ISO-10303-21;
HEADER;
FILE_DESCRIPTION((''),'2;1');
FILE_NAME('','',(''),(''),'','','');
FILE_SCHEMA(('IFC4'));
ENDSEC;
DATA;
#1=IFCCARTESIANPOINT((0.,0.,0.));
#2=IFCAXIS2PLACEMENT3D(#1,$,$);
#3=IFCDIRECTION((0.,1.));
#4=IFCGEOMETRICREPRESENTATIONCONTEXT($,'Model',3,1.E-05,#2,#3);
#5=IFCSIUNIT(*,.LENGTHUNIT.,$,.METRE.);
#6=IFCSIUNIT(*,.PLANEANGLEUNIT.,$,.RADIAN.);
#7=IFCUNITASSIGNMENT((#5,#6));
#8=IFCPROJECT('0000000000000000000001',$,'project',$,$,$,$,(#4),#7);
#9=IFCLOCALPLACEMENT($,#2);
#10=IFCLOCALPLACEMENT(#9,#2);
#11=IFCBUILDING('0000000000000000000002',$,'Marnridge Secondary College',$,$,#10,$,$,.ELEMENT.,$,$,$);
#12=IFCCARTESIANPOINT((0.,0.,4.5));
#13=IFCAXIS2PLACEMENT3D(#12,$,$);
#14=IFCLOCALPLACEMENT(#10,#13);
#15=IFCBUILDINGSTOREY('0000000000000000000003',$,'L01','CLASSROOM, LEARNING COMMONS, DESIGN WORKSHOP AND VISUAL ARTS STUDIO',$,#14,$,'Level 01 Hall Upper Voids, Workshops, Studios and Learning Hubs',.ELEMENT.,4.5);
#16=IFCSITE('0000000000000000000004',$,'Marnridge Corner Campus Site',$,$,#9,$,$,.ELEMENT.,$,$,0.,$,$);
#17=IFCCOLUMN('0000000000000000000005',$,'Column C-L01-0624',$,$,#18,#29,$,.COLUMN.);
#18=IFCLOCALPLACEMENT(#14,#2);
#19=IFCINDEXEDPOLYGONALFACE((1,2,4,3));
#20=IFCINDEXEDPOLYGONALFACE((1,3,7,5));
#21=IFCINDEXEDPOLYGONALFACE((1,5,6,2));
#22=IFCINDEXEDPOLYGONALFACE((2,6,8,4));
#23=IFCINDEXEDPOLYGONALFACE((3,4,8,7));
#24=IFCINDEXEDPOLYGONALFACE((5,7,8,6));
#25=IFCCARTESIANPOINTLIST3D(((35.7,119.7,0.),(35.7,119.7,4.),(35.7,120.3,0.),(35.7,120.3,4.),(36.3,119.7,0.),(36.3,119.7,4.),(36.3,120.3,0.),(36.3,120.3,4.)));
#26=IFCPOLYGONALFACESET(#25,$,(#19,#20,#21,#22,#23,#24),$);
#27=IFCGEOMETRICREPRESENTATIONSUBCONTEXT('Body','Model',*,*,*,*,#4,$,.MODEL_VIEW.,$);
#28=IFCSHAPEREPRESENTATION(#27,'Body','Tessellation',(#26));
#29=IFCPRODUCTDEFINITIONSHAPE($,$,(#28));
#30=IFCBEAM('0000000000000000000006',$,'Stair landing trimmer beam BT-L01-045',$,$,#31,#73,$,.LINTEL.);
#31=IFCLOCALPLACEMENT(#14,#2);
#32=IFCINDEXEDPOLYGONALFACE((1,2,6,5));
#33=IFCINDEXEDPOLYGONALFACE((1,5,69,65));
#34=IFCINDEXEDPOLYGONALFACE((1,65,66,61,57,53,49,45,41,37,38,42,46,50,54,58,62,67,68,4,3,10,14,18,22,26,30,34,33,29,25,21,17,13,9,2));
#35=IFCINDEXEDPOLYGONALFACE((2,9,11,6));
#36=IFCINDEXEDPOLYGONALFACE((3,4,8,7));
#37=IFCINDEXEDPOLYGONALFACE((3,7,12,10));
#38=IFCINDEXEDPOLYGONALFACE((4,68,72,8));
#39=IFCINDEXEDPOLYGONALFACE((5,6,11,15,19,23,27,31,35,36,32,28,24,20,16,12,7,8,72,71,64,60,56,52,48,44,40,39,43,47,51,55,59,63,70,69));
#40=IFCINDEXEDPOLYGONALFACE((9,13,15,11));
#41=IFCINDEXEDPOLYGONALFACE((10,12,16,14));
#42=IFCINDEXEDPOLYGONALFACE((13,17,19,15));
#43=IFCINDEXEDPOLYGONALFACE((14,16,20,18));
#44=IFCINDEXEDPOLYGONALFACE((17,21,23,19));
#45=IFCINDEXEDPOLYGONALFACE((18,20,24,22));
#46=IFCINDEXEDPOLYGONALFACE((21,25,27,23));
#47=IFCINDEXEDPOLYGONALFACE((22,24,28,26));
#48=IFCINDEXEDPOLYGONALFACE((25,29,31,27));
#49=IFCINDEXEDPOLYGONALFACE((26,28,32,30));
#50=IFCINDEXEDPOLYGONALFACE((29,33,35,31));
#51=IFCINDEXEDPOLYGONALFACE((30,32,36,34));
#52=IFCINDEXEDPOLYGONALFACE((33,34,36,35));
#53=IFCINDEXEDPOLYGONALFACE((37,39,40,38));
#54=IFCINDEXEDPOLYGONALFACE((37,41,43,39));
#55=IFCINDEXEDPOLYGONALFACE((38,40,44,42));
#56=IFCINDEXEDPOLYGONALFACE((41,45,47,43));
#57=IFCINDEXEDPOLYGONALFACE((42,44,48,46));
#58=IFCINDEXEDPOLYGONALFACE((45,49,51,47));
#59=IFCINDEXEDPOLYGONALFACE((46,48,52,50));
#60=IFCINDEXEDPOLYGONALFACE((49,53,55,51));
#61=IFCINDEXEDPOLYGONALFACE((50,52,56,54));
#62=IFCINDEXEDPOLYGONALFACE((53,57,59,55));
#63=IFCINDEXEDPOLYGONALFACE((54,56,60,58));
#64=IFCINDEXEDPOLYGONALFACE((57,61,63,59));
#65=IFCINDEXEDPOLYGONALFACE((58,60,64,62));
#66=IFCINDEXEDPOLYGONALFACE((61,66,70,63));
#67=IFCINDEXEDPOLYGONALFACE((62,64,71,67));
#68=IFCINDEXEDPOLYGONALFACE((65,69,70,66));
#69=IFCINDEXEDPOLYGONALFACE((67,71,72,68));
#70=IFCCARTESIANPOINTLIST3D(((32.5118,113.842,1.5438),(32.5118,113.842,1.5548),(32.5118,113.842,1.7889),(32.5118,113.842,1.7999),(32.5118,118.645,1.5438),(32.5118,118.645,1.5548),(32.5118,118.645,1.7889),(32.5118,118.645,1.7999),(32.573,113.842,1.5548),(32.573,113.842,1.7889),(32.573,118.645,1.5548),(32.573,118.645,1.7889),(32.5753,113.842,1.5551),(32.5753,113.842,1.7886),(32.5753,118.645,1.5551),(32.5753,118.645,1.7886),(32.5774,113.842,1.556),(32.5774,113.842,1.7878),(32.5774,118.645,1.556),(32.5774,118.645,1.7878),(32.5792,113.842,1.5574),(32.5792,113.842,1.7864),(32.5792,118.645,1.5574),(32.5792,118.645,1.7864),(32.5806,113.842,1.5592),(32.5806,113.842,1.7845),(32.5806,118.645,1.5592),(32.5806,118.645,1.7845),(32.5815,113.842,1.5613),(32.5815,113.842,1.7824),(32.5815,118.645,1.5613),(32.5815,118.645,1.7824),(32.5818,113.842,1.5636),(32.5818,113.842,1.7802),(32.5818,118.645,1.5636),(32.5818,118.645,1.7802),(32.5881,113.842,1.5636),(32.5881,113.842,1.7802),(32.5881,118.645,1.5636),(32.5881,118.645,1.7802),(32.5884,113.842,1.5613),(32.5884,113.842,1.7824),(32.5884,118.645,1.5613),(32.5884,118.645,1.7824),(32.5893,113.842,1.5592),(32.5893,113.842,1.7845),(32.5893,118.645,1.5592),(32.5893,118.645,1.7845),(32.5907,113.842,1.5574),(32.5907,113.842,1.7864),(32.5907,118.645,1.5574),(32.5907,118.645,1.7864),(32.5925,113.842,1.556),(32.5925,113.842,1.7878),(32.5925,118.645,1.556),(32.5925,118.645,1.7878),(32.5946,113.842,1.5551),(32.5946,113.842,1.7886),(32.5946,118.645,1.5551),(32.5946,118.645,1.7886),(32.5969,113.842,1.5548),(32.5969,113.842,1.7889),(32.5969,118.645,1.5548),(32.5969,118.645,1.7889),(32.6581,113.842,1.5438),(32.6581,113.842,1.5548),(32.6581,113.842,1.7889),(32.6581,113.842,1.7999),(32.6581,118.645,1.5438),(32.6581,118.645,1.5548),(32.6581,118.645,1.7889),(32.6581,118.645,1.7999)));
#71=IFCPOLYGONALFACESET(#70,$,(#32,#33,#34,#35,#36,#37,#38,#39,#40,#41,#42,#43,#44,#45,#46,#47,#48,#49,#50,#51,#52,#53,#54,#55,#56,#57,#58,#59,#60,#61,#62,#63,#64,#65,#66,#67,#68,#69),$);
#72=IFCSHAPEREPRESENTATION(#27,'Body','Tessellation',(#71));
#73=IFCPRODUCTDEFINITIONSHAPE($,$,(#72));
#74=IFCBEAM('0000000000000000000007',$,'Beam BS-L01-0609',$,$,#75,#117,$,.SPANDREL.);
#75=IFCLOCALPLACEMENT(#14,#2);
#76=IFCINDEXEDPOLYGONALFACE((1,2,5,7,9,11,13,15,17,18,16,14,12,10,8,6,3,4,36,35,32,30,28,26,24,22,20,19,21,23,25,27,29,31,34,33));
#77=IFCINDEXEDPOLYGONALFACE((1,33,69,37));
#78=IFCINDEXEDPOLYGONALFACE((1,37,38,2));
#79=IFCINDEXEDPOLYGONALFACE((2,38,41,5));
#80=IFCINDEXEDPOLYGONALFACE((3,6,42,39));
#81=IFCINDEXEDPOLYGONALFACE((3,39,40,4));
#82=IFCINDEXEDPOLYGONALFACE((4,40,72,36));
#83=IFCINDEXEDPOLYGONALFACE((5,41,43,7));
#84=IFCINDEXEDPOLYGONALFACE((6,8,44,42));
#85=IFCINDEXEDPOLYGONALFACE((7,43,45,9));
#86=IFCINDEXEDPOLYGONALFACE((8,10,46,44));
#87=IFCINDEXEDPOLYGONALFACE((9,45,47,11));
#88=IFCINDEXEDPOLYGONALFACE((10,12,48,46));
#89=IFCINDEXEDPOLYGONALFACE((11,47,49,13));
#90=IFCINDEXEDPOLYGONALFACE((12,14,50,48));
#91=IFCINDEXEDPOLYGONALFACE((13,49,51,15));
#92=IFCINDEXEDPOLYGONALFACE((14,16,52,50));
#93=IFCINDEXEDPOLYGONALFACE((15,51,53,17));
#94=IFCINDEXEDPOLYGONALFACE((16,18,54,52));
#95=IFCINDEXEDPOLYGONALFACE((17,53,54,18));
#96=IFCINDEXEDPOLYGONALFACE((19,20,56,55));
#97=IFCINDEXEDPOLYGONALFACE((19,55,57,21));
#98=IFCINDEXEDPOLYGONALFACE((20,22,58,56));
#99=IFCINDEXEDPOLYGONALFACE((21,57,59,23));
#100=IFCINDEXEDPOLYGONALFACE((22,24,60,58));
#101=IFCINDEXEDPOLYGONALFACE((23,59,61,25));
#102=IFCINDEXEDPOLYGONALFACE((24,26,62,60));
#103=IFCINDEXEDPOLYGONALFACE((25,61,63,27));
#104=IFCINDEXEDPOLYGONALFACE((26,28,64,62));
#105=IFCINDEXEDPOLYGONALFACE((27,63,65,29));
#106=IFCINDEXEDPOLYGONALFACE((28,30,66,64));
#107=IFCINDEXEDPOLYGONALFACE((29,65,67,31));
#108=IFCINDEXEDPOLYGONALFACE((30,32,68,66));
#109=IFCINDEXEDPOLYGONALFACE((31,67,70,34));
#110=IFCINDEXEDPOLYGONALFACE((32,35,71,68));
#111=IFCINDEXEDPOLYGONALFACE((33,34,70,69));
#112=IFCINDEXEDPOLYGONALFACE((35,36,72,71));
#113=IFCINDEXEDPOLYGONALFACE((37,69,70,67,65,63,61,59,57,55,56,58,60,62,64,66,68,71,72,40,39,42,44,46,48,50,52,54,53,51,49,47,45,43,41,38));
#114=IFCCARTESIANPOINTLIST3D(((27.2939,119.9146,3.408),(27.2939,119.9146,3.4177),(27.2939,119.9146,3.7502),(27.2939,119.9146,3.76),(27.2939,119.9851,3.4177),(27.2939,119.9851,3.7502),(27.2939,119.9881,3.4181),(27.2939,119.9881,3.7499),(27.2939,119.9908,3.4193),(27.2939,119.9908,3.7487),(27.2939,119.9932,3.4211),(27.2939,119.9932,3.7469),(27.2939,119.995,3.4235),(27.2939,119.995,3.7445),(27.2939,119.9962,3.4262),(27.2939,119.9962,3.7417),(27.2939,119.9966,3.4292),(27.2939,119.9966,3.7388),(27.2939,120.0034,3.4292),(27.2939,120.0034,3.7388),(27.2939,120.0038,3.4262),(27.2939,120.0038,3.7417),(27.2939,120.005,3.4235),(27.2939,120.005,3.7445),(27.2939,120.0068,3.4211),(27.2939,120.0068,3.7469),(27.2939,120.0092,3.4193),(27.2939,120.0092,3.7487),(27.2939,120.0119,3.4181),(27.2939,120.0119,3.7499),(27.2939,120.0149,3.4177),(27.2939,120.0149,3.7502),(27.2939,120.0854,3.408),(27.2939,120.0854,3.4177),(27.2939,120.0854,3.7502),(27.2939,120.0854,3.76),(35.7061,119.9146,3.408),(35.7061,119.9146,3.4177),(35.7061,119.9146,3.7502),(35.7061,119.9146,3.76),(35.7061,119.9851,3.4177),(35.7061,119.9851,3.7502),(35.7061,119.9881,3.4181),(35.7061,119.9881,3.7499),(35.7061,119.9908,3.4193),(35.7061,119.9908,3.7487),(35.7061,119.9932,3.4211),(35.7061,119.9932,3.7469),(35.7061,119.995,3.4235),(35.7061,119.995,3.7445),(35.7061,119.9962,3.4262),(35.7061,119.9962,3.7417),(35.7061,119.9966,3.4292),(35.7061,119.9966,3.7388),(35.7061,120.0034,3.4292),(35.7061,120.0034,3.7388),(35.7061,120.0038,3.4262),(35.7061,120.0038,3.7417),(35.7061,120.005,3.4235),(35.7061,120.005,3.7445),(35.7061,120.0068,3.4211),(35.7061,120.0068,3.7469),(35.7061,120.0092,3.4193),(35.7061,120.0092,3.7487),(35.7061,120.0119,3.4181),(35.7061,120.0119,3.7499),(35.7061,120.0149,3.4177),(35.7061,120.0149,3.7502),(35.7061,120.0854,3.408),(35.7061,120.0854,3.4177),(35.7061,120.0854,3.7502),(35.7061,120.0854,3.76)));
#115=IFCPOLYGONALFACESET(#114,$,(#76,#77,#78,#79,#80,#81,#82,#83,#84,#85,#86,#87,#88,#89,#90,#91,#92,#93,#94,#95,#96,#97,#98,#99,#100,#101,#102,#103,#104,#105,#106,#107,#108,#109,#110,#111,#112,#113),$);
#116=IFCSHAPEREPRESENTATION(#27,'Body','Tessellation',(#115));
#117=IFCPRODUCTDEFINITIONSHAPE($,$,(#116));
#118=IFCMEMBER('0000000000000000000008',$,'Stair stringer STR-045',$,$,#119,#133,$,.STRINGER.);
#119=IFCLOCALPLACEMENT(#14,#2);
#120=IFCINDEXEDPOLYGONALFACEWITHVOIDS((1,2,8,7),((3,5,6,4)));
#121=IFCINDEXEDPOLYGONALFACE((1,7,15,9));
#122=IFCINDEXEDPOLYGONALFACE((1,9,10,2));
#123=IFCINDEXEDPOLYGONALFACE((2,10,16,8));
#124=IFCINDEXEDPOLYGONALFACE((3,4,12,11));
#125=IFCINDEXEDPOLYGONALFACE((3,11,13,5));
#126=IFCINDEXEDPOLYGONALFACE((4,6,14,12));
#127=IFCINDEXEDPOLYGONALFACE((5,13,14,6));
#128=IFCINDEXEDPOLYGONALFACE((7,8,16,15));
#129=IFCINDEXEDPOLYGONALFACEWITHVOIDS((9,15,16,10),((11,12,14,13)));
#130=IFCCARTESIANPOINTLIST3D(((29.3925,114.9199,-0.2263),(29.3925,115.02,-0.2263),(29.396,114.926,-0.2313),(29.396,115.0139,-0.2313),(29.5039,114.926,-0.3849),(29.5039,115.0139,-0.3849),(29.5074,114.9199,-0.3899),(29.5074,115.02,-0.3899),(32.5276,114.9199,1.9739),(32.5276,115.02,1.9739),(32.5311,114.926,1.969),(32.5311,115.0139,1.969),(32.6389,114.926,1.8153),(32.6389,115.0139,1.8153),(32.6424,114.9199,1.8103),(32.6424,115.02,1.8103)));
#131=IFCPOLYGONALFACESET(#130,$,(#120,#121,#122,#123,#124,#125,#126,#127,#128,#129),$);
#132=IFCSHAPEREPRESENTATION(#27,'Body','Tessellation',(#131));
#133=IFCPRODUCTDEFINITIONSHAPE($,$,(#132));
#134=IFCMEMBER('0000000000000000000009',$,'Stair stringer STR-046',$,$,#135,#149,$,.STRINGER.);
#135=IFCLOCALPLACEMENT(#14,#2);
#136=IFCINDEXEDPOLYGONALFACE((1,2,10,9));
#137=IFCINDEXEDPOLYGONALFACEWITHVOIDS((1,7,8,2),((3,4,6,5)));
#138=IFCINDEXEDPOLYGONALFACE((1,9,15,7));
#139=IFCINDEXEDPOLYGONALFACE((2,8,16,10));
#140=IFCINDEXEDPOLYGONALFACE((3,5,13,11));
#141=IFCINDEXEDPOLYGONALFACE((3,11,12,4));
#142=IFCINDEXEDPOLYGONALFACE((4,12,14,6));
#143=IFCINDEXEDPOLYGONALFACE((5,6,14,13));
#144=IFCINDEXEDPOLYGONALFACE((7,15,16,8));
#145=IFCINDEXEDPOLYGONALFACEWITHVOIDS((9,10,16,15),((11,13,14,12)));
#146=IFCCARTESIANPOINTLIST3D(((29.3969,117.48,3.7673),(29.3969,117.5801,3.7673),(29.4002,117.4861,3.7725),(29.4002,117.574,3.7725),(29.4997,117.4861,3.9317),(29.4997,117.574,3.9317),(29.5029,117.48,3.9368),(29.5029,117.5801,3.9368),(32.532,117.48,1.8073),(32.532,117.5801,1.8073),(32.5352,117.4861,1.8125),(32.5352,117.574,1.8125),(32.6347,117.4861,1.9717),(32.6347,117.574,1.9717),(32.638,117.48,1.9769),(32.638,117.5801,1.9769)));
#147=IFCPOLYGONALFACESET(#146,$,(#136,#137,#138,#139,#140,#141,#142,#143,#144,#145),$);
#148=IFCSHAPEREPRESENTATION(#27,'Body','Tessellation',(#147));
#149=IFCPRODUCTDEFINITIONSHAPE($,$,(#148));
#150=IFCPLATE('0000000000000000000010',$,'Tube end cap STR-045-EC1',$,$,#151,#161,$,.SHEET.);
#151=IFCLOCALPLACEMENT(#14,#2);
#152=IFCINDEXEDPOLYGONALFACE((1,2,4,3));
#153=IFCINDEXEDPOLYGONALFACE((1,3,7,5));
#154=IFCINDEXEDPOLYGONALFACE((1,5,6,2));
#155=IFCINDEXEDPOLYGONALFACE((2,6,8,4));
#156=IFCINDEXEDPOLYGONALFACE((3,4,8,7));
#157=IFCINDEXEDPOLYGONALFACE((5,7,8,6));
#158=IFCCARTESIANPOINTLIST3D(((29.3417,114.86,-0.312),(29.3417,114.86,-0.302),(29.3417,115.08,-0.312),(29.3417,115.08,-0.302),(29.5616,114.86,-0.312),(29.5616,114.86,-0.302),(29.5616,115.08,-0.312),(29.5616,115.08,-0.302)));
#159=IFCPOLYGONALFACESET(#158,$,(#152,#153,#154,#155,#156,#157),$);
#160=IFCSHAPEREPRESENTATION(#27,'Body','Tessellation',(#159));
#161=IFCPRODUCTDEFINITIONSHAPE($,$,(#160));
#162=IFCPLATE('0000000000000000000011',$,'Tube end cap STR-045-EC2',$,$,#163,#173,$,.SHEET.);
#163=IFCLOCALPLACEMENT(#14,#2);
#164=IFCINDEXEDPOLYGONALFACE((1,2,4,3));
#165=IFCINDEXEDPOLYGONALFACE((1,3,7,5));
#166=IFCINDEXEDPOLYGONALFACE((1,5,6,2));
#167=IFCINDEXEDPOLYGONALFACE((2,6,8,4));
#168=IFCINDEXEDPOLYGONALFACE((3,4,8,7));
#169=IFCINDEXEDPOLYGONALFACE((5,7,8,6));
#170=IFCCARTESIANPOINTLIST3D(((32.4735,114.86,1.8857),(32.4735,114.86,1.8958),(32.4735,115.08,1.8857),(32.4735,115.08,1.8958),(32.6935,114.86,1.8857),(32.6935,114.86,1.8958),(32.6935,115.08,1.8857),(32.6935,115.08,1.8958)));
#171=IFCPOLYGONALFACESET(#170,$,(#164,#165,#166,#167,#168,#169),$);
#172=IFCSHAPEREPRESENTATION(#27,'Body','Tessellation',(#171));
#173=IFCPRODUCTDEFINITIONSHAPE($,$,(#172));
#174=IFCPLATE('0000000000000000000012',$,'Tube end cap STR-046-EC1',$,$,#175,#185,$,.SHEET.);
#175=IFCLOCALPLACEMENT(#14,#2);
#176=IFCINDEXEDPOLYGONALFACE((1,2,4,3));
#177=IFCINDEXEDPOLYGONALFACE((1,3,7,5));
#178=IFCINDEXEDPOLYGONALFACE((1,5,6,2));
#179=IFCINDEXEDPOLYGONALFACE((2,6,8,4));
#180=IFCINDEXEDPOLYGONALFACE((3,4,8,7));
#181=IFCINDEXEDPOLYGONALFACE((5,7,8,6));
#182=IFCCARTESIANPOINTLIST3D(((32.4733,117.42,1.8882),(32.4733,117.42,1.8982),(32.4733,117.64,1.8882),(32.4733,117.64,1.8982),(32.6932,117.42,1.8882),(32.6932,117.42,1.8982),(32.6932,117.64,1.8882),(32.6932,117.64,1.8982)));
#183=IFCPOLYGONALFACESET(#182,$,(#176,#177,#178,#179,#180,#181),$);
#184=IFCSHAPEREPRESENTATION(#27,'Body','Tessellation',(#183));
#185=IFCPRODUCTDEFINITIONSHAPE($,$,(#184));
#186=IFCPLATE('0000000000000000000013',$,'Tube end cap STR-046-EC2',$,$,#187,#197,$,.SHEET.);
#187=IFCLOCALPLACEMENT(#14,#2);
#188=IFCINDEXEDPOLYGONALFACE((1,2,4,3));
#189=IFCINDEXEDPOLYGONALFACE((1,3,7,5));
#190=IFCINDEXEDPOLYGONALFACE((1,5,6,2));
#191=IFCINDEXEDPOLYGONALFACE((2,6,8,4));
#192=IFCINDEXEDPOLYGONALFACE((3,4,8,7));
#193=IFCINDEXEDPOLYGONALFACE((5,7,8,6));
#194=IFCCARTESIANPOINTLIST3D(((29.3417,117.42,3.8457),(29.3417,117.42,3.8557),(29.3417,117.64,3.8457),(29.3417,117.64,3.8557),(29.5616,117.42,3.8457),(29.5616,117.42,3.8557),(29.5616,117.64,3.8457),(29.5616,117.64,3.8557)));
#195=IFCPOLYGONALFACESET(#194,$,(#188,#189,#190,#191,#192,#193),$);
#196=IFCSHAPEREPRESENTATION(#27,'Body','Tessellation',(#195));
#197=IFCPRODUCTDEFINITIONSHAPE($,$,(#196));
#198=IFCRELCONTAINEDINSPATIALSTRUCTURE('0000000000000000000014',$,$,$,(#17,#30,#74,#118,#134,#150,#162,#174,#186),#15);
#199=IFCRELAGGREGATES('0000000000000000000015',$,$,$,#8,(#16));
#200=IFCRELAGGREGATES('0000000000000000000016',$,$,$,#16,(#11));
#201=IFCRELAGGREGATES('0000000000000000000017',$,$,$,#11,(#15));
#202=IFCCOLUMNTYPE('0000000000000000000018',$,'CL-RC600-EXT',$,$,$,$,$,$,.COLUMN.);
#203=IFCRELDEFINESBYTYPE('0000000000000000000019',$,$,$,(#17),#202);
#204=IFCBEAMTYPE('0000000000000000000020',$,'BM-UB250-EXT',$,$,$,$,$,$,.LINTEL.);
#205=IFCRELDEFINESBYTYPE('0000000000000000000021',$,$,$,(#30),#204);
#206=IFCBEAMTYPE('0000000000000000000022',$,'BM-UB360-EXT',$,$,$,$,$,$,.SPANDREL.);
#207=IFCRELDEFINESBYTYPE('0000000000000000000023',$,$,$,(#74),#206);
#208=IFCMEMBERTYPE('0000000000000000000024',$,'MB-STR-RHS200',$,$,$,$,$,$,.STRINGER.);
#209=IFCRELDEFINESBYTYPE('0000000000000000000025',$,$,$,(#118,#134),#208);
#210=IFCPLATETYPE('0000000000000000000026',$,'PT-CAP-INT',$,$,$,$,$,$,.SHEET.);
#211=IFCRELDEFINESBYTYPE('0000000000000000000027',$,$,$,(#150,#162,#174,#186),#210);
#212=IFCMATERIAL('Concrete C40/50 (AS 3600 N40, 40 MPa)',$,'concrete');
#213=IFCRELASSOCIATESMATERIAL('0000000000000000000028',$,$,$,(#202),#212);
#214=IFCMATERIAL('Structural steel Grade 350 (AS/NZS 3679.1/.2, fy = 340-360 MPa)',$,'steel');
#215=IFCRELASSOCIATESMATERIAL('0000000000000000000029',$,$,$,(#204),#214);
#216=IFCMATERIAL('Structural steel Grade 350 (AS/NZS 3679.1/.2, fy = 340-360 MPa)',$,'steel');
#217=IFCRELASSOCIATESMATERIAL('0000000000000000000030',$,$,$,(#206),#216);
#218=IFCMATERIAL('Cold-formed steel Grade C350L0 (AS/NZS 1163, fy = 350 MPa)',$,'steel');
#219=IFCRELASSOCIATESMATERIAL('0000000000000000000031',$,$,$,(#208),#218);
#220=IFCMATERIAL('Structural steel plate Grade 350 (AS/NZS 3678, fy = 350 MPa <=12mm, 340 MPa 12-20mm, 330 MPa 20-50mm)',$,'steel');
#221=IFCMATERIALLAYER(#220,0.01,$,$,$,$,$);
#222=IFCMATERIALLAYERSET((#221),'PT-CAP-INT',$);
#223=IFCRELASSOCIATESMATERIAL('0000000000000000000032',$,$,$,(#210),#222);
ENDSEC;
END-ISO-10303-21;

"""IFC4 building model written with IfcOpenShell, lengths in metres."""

from ifc_helpers import new_model, si_unit, direction, frame, origin, origin_2d, place, context, subcontext, project, spatial, rectangle, hollow_rectangle, i_section, extrude, material, layer, layer_set, material_profile, profile_set, type_object, element, save


model = new_model("IFC4")

# Units and contexts
model_context = context("Model", 3, precision=1e-05, world=origin(), true_north=direction((0.0, 1.0)))
body_context = subcontext(model_context, "Body", "Model", "MODEL_VIEW")
ifc_project = project(units=[si_unit("LENGTHUNIT", "METRE"), si_unit("PLANEANGLEUNIT", "RADIAN")], contexts=[model_context])

# Site, building, storey
site_placement = place(None, origin())
site = spatial("IfcSite", under=ifc_project, at=site_placement, Name="Marnridge Corner Campus Site", CompositionType="ELEMENT", RefElevation=0.0)
building_placement = place(site_placement, origin())
building = spatial("IfcBuilding", under=site, at=building_placement, Name="Marnridge Secondary College", CompositionType="ELEMENT")
storey_placement = place(building_placement, frame((0.0, 0.0, 4.5)))
storey = spatial("IfcBuildingStorey", under=building, at=storey_placement, Name="L01", Description="CLASSROOM, LEARNING COMMONS, DESIGN WORKSHOP AND VISUAL ARTS STUDIO", LongName="Level 01 Hall Upper Voids, Workshops, Studios and Learning Hubs", CompositionType="ELEMENT", Elevation=4.5)

# Column
ifc_material_1 = material(Name="Concrete C40/50 (AS 3600 N40, 40 MPa)", Category="concrete")
ifc_material_profile_1 = material_profile(ifc_material_1, rectangle(XDim=0.6001, YDim=0.6001, at=origin_2d()), Name="RC 600x600")
ifc_profile_set_1 = profile_set([ifc_material_profile_1], Name="Concrete C40/50 (AS 3600 N40, 40 MPa)")
column_type = type_object("IfcColumnType", Name="CL-RC600-EXT", PredefinedType="COLUMN", material=ifc_profile_set_1)
column_placement = place(storey_placement, frame((36.0, 120.0, 0.0), z_axis=(0.0, 0.0, 1.0), x_axis=(1.0, 0.0, 0.0)))
element("IfcColumn", 1, at=column_placement, inside=storey, type_object=column_type, Name="Column C-L01-0624", PredefinedType="COLUMN", context=body_context, shape_type="SweptSolid", body=[
    extrude(rectangle(XDim=0.6001, YDim=0.6001, at=origin_2d()), origin(), (0.0, 0.0, 1.0), 4.0),
])

# Beams
ifc_material_2 = material(Name="Structural steel Grade 350 (AS/NZS 3679.1/.2, fy = 340-360 MPa)", Category="steel")
ifc_material_profile_2 = material_profile(ifc_material_2, i_section(OverallWidth=0.1462, OverallDepth=0.2561, WebThickness=0.0063, FlangeThickness=0.011, FilletRadius=0.0088, at=origin_2d()), Name="250UB37.3")
ifc_profile_set_2 = profile_set([ifc_material_profile_2], Name="Structural steel Grade 350 (AS/NZS 3679.1/.2, fy = 340-360 MPa)")
beam_type_1 = type_object("IfcBeamType", Name="BM-UB250-EXT", PredefinedType="LINTEL", material=ifc_profile_set_2)
beam_1_placement = place(storey_placement, frame((32.585, 113.842, 1.6719), z_axis=(0.0, 1.0, 0.0), x_axis=(-1.0, 0.0, 0.0)))
element("IfcBeam", 2, at=beam_1_placement, inside=storey, type_object=beam_type_1, Name="Stair landing trimmer beam BT-L01-045", PredefinedType="LINTEL", context=body_context, shape_type="SweptSolid", body=[
    extrude(i_section(OverallWidth=0.1462, OverallDepth=0.2561, WebThickness=0.0063, FlangeThickness=0.011, FilletRadius=0.0088, at=origin_2d()), origin(), (0.0, 0.0, 1.0), 4.803),
])
ifc_material_3 = material(Name="Structural steel Grade 350 (AS/NZS 3679.1/.2, fy = 340-360 MPa)", Category="steel")
ifc_material_profile_3 = material_profile(ifc_material_3, i_section(OverallWidth=0.1709, OverallDepth=0.3521, WebThickness=0.0068, FlangeThickness=0.0098, FilletRadius=0.0115, at=origin_2d()), Name="360UB44.7")
ifc_profile_set_3 = profile_set([ifc_material_profile_3], Name="Structural steel Grade 350 (AS/NZS 3679.1/.2, fy = 340-360 MPa)")
beam_type_2 = type_object("IfcBeamType", Name="BM-UB360-EXT", PredefinedType="SPANDREL", material=ifc_profile_set_3)
beam_2_placement = place(storey_placement, frame((27.2939, 120.0, 3.584), z_axis=(1.0, 0.0, 0.0), x_axis=(0.0, 1.0, 0.0)))
element("IfcBeam", 3, at=beam_2_placement, inside=storey, type_object=beam_type_2, Name="Beam BS-L01-0609", PredefinedType="SPANDREL", context=body_context, shape_type="SweptSolid", body=[
    extrude(i_section(OverallWidth=0.1709, OverallDepth=0.3521, WebThickness=0.0068, FlangeThickness=0.0098, FilletRadius=0.0115, at=origin_2d()), origin(), (0.0, 0.0, 1.0), 8.4121),
])

# Members
ifc_material_4 = material(Name="Cold-formed steel Grade C350L0 (AS/NZS 1163, fy = 350 MPa)", Category="steel")
ifc_material_profile_4 = material_profile(ifc_material_4, hollow_rectangle(XDim=0.1001, YDim=0.2, WallThickness=0.0061, at=origin_2d()), Name="200x100x6.0RHS")
ifc_profile_set_4 = profile_set([ifc_material_profile_4], Name="Cold-formed steel Grade C350L0 (AS/NZS 1163, fy = 350 MPa)")
member_type = type_object("IfcMemberType", Name="MB-STR-RHS200", PredefinedType="STRINGER", material=ifc_profile_set_4)
member_1_placement = place(storey_placement, frame((29.45, 114.97, -0.3081), z_axis=(0.818534, 0.0, 0.574459), x_axis=(0.0, 1.0, 0.0)))
element("IfcMember", 4, at=member_1_placement, inside=storey, type_object=member_type, Name="Stair stringer STR-045", PredefinedType="STRINGER", context=body_context, shape_type="SweptSolid", body=[
    extrude(hollow_rectangle(XDim=0.1001, YDim=0.2, WallThickness=0.0061, at=origin_2d()), origin(), (0.0, 0.0, 1.0), 3.8301),
])
member_2_placement = place(storey_placement, frame((32.585, 117.53, 1.8921), z_axis=(-0.847928, 0.0, 0.530112), x_axis=(0.0, -1.0, 0.0)))
element("IfcMember", 5, at=member_2_placement, inside=storey, type_object=member_type, Name="Stair stringer STR-046", PredefinedType="STRINGER", context=body_context, shape_type="SweptSolid", body=[
    extrude(hollow_rectangle(XDim=0.1001, YDim=0.2, WallThickness=0.0061, at=origin_2d()), origin(), (0.0, 0.0, 1.0), 3.6973),
])

# Plates
ifc_material_5 = material(Name="Structural steel plate Grade 350 (AS/NZS 3678, fy = 350 MPa <=12mm, 340 MPa 12-20mm, 330 MPa 20-50mm)", Category="steel")
ifc_layer_1 = layer(ifc_material_5, 0.01)
ifc_layer_set_1 = layer_set([ifc_layer_1], Name="PT-CAP-INT")
plate_type = type_object("IfcPlateType", Name="PT-CAP-INT", PredefinedType="SHEET", material=ifc_layer_set_1)
for number, where, z_axis, x_axis, name in (
    (6, (29.4517, 114.97, -0.312), (0.0, 0.0, 1.0), (1.0, 0.0, 0.0), "Tube end cap STR-045-EC1"),
    (7, (32.5835, 114.97, 1.8857), (0.0, 0.0, 1.0), (1.0, 0.0, 0.0), "Tube end cap STR-045-EC2"),
    (8, (32.5833, 117.53, 1.8882), (0.0, 0.0, 1.0), (-1.0, 0.0, 0.0), "Tube end cap STR-046-EC1"),
    (9, (29.4517, 117.53, 3.8457), (0.0, 0.0, 1.0), (-1.0, 0.0, 0.0), "Tube end cap STR-046-EC2"),
):
    element("IfcPlate", number, at=place(storey_placement, frame(where, z_axis=z_axis, x_axis=x_axis)), inside=storey, type_object=plate_type, Name=name, PredefinedType="SHEET", context=body_context, shape_type="SweptSolid", body=[
        extrude(rectangle(XDim=0.22, YDim=0.22, at=origin_2d()), origin(), (0.0, 0.0, 1.0), 0.01),
    ])

save(model, "model.ifc")
